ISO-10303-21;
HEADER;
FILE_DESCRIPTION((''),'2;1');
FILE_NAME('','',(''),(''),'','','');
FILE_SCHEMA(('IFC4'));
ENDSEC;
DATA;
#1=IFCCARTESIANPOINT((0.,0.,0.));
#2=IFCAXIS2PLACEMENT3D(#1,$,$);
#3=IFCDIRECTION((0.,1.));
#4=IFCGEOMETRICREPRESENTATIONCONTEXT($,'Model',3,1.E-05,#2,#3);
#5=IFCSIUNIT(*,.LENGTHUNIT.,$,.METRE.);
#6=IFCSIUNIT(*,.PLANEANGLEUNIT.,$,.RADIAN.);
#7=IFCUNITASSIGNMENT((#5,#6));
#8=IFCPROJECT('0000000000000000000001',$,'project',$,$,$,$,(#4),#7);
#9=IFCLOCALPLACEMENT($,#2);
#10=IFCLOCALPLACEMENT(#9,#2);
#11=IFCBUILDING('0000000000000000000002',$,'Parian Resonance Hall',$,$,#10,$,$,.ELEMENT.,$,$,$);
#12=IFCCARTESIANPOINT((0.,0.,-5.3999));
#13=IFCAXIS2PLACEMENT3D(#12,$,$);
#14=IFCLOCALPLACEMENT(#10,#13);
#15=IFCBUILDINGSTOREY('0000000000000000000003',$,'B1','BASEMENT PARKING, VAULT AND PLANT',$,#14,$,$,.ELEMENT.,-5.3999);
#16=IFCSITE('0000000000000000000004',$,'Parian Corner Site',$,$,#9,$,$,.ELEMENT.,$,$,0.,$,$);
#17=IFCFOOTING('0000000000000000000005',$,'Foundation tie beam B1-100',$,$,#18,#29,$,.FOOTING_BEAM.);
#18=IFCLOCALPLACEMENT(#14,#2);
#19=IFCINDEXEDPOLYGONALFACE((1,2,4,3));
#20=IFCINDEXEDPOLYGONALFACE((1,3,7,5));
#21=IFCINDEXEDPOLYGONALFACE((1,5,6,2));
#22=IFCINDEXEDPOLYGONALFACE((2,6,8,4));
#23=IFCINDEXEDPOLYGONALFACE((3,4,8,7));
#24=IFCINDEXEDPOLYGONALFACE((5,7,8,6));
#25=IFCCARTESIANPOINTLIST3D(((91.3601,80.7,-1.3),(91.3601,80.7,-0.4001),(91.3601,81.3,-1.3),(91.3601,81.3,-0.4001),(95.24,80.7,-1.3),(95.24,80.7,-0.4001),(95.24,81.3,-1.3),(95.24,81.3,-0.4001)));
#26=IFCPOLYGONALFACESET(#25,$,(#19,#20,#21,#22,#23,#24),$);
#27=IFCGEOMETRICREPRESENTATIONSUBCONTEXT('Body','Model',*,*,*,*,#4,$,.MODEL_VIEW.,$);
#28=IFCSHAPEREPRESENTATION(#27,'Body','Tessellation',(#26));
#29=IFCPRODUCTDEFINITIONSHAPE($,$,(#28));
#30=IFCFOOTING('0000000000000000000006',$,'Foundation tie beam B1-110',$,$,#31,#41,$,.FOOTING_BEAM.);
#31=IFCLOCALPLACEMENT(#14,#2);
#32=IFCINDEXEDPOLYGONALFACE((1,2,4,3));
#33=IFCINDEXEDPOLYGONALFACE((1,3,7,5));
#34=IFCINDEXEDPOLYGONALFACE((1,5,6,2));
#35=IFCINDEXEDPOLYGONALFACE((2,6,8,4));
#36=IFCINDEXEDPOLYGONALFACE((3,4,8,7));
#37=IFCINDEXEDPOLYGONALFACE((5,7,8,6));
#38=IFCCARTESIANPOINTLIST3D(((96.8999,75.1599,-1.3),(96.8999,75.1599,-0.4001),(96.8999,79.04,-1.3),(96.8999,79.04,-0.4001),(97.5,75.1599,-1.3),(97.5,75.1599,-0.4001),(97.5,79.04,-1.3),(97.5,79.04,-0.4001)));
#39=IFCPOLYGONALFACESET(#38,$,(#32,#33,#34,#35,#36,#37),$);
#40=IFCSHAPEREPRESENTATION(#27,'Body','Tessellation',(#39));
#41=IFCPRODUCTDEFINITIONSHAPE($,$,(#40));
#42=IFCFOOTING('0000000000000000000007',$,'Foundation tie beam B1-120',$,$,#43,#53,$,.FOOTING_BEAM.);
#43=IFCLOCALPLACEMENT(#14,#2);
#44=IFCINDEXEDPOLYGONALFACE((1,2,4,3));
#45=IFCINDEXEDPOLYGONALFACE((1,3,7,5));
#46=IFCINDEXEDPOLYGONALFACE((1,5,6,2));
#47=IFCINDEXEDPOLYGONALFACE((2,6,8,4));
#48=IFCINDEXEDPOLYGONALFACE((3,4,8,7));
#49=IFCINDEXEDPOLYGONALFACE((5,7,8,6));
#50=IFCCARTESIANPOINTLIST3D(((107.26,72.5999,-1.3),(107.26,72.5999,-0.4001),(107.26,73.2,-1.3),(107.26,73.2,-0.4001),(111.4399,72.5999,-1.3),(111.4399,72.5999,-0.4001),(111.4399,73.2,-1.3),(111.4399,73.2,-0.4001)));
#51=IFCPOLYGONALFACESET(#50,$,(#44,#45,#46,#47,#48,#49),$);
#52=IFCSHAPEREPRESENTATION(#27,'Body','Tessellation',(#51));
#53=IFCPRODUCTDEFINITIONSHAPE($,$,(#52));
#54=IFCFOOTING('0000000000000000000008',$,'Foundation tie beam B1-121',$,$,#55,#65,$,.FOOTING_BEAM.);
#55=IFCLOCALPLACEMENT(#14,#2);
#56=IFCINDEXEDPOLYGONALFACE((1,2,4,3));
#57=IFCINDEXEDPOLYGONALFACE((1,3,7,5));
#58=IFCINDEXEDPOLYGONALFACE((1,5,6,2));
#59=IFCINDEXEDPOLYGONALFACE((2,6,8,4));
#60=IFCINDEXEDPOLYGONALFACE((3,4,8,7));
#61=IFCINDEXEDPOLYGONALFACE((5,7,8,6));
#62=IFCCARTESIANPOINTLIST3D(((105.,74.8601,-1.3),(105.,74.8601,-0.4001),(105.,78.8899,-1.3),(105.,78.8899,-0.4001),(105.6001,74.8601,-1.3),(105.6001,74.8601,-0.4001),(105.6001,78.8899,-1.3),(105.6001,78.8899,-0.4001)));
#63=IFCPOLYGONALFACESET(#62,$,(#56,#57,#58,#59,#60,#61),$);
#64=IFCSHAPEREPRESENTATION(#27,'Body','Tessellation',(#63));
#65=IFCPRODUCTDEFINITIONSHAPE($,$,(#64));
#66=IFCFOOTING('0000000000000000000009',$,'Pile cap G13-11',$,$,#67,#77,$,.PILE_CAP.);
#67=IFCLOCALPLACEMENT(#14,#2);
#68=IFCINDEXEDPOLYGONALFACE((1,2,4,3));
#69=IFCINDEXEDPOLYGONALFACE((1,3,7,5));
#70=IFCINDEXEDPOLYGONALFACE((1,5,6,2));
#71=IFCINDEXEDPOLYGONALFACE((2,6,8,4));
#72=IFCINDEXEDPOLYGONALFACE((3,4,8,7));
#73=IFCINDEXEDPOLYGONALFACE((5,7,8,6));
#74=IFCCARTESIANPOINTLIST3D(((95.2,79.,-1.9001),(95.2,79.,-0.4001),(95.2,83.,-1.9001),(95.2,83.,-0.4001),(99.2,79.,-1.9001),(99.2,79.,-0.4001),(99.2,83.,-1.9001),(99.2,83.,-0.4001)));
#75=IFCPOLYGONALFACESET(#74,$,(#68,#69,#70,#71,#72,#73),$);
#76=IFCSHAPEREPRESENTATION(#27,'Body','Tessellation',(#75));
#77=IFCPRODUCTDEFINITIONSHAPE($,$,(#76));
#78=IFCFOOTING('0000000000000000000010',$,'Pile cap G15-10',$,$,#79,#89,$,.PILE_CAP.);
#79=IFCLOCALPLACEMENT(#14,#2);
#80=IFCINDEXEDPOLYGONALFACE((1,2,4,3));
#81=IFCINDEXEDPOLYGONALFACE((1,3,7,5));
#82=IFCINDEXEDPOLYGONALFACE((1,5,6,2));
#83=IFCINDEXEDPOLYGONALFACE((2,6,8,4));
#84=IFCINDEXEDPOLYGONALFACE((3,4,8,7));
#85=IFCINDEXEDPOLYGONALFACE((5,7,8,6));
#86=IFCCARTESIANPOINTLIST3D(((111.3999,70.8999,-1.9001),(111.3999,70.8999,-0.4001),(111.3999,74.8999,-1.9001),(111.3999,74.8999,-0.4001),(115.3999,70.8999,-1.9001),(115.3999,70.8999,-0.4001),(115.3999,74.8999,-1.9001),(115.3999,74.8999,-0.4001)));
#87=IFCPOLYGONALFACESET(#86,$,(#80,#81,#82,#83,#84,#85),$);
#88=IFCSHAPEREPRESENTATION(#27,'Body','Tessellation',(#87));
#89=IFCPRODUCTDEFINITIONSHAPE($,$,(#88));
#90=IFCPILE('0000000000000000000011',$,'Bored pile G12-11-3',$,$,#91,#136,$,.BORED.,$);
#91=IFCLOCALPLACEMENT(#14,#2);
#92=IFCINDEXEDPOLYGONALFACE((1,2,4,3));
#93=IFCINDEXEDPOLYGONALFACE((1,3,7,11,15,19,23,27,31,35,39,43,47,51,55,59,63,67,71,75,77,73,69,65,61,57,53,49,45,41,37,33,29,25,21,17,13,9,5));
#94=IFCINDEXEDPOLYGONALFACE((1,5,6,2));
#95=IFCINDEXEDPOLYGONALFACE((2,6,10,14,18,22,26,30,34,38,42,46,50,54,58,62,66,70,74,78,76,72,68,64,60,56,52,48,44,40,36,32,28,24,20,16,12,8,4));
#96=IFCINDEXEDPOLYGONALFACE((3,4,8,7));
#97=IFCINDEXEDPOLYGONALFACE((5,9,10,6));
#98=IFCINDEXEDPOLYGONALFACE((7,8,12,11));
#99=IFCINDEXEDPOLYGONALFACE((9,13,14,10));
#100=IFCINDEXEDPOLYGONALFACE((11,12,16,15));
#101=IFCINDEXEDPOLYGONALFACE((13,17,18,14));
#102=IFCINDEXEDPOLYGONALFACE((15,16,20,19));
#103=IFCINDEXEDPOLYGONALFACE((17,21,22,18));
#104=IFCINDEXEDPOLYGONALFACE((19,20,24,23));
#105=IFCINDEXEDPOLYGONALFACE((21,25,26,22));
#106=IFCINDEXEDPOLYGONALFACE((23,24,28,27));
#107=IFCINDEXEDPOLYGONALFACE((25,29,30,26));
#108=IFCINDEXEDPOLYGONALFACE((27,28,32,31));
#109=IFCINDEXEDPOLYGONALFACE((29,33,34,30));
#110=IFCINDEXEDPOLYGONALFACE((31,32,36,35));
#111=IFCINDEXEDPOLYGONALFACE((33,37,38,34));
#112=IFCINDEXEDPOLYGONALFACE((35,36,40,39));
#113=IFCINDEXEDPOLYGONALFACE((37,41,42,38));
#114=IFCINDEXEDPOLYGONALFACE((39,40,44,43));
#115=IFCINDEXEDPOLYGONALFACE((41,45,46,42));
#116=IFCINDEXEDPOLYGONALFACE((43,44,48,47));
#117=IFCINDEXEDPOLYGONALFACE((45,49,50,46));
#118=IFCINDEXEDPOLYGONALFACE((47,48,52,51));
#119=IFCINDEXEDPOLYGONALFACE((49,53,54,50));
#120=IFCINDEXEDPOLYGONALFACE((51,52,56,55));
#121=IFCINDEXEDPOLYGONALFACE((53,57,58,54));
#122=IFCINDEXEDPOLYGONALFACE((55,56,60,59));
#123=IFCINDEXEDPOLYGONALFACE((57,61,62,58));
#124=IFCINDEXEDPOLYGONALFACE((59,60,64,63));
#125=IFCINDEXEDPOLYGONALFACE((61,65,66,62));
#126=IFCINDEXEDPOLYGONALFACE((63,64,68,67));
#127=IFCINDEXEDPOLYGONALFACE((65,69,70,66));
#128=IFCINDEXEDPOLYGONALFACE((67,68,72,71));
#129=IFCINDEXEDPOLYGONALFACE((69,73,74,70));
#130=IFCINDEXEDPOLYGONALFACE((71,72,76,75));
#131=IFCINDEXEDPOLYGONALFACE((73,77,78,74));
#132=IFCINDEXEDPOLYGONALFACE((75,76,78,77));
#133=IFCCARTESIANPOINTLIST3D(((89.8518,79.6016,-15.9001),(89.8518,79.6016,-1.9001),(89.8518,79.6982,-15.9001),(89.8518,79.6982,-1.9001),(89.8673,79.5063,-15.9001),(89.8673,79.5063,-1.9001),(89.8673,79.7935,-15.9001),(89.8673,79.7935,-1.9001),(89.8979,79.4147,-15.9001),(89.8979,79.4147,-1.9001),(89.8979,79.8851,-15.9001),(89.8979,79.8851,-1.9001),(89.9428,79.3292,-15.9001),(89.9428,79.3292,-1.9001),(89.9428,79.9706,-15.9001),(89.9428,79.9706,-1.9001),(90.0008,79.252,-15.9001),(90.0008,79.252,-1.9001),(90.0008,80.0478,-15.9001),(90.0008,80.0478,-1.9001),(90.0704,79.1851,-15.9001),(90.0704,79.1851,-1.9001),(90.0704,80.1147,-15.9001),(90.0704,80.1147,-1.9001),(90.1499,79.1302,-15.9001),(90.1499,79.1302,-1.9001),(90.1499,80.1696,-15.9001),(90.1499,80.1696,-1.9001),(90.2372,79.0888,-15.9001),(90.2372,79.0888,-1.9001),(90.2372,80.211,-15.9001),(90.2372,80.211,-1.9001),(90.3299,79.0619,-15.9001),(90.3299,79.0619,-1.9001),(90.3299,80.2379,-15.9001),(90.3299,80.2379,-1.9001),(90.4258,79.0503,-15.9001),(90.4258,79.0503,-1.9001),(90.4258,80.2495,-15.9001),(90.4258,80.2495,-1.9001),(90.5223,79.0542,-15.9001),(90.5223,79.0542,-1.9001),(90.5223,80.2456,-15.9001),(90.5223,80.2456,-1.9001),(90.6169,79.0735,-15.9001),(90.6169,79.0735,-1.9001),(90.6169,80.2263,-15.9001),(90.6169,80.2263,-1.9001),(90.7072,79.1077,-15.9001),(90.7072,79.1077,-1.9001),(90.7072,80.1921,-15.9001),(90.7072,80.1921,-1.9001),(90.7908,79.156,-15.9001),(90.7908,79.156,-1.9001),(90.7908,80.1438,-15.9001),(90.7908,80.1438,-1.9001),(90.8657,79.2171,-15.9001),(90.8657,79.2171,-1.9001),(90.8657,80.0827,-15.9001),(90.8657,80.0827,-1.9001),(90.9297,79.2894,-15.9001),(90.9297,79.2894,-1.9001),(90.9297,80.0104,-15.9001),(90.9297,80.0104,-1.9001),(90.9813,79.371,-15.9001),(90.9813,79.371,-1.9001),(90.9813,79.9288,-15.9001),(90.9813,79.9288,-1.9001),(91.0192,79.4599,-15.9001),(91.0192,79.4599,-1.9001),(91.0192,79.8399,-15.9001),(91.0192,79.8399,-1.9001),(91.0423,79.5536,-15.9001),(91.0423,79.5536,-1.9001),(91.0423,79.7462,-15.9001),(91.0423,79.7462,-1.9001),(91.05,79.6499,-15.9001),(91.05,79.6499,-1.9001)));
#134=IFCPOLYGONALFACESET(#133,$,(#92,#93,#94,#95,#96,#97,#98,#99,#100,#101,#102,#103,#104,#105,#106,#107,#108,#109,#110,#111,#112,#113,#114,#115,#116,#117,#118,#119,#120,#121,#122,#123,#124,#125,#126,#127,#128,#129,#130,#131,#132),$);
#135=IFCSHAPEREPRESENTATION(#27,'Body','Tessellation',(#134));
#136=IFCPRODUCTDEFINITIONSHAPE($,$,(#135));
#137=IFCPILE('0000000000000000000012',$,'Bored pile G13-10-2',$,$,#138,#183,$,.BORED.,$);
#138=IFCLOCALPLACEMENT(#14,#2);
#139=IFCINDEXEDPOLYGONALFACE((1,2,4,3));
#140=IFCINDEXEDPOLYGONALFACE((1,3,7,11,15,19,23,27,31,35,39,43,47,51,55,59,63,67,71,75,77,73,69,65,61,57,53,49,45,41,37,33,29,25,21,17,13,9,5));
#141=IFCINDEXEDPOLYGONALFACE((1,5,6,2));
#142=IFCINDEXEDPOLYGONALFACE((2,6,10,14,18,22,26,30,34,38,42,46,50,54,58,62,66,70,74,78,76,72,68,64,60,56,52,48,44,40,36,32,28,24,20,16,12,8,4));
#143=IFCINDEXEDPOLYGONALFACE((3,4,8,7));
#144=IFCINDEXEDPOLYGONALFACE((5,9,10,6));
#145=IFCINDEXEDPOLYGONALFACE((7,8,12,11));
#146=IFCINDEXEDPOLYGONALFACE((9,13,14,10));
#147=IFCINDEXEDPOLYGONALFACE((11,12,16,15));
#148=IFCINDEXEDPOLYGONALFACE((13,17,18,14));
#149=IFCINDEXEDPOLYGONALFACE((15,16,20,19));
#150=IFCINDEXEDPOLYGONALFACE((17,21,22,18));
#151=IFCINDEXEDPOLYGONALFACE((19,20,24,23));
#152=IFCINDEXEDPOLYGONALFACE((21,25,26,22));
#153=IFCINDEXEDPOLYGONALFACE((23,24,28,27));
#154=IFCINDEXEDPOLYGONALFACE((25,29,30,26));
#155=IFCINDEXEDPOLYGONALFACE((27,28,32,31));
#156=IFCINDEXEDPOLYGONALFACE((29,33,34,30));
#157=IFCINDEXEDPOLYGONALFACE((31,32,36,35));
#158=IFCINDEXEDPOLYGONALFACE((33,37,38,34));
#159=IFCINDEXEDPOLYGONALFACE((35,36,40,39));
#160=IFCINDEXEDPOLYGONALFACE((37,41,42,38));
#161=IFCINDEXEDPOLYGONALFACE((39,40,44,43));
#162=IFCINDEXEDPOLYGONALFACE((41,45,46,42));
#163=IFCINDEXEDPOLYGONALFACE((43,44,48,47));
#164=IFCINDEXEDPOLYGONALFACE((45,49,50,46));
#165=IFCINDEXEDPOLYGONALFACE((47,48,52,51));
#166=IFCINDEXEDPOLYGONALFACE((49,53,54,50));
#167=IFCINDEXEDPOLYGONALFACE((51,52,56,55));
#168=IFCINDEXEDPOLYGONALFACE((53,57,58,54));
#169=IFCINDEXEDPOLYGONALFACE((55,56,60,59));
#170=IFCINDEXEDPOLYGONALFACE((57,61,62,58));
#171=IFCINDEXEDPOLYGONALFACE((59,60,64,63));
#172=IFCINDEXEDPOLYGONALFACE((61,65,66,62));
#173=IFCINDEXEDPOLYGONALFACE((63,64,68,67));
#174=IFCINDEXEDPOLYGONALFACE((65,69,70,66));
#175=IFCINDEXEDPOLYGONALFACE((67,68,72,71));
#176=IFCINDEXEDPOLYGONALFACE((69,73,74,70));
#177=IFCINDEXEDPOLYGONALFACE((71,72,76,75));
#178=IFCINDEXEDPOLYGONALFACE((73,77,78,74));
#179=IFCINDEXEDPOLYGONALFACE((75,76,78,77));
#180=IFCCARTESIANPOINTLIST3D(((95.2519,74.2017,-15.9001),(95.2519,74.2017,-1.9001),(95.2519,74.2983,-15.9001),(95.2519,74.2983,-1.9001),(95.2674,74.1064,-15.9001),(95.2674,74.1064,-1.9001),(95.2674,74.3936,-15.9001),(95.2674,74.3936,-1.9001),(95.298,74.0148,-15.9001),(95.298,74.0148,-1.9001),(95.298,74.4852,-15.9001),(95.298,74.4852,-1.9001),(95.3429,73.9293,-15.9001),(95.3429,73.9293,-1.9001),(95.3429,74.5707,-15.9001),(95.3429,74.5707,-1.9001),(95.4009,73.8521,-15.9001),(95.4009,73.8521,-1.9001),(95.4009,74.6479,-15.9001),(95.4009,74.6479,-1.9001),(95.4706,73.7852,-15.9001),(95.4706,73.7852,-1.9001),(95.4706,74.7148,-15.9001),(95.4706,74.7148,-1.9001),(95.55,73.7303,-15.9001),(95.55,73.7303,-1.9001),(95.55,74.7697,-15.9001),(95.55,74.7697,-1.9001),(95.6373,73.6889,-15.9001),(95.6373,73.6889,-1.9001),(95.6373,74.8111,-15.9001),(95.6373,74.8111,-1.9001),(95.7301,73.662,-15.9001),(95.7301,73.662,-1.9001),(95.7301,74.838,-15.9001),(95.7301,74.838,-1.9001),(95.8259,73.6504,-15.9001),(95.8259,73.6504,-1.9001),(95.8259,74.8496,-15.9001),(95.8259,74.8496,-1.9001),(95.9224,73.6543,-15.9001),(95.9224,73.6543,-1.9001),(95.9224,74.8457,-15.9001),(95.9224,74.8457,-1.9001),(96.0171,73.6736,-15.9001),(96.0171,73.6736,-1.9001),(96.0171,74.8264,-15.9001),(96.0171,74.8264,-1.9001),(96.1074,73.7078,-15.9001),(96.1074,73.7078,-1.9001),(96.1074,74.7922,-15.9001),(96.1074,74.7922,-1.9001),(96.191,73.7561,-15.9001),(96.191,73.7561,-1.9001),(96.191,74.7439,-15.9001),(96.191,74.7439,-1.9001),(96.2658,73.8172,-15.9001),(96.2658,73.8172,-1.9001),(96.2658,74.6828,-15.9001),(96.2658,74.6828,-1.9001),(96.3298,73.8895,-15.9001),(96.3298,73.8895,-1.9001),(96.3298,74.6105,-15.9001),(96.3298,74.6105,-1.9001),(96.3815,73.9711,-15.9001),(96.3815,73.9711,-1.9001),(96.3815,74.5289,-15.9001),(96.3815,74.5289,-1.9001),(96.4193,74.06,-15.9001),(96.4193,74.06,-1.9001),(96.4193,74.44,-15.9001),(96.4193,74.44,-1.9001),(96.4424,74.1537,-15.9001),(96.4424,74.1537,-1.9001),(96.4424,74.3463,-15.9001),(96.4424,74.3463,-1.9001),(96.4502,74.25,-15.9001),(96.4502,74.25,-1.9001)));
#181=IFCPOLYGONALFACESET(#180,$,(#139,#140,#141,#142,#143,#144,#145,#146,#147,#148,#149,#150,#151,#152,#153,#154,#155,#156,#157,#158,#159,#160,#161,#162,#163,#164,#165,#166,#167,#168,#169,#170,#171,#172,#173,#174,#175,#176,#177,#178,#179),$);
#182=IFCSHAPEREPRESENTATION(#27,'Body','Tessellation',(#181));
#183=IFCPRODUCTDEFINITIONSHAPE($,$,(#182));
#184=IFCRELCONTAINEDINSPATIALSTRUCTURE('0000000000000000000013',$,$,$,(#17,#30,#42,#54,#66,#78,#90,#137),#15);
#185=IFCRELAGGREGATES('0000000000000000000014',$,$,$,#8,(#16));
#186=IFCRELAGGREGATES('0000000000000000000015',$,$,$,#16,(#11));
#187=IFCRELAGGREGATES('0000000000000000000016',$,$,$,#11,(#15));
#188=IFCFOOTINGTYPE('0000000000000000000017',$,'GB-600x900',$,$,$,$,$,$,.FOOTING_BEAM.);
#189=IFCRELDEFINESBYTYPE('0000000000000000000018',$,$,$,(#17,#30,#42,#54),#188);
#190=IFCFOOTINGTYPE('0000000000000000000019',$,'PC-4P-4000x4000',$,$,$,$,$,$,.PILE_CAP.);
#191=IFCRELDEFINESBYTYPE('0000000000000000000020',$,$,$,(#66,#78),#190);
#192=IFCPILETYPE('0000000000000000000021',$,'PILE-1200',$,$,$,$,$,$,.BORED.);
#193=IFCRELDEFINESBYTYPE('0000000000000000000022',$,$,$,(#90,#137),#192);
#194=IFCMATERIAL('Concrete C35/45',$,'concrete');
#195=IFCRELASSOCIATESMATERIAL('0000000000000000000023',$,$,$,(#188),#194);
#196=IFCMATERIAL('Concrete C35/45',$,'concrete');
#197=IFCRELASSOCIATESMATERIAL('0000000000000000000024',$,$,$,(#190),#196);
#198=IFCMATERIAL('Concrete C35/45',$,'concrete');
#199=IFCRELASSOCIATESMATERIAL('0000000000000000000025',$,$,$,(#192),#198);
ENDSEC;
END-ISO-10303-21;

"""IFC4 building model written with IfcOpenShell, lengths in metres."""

from ifc_helpers import new_model, si_unit, direction, frame, origin, origin_2d, place, context, subcontext, project, spatial, rectangle, circle, extrude, material, material_profile, profile_set, type_object, element, save


model = new_model("IFC4")

# Units and contexts
model_context = context("Model", 3, precision=1e-05, world=origin(), true_north=direction((0.0, 1.0)))
body_context = subcontext(model_context, "Body", "Model", "MODEL_VIEW")
ifc_project = project(units=[si_unit("LENGTHUNIT", "METRE"), si_unit("PLANEANGLEUNIT", "RADIAN")], contexts=[model_context])

# Site, building, storey
site_placement = place(None, origin())
site = spatial("IfcSite", under=ifc_project, at=site_placement, Name="Parian Corner Site", CompositionType="ELEMENT", RefElevation=0.0)
building_placement = place(site_placement, origin())
building = spatial("IfcBuilding", under=site, at=building_placement, Name="Parian Resonance Hall", CompositionType="ELEMENT")
storey_placement = place(building_placement, frame((0.0, 0.0, -5.3999)))
storey = spatial("IfcBuildingStorey", under=building, at=storey_placement, Name="B1", Description="BASEMENT PARKING, VAULT AND PLANT", CompositionType="ELEMENT", Elevation=-5.3999)

# Footings
ifc_material_1 = material(Name="Concrete C35/45", Category="concrete")
ifc_material_profile_1 = material_profile(ifc_material_1, rectangle(XDim=0.6001, YDim=0.8999, at=origin_2d()), Name="RC-GB-600x900")
ifc_profile_set_1 = profile_set([ifc_material_profile_1], Name="Concrete C35/45")
footing_type_1 = type_object("IfcFootingType", Name="GB-600x900", PredefinedType="FOOTING_BEAM", material=ifc_profile_set_1)
footing_1_placement = place(storey_placement, frame((91.3601, 81.0, -0.8501), z_axis=(1.0, 0.0, 0.0), x_axis=(0.0, 1.0, 0.0)))
element("IfcFooting", 1, at=footing_1_placement, inside=storey, type_object=footing_type_1, Name="Foundation tie beam B1-100", PredefinedType="FOOTING_BEAM", context=body_context, shape_type="SweptSolid", body=[
    extrude(rectangle(XDim=0.6001, YDim=0.8999, at=origin_2d()), origin(), (0.0, 0.0, 1.0), 3.8799),
])
footing_2_placement = place(storey_placement, frame((97.2, 75.1599, -0.8501), z_axis=(0.0, 1.0, 0.0), x_axis=(-1.0, 0.0, 0.0)))
element("IfcFooting", 2, at=footing_2_placement, inside=storey, type_object=footing_type_1, Name="Foundation tie beam B1-110", PredefinedType="FOOTING_BEAM", context=body_context, shape_type="SweptSolid", body=[
    extrude(rectangle(XDim=0.6001, YDim=0.8999, at=origin_2d()), origin(), (0.0, 0.0, 1.0), 3.8801),
])
footing_3_placement = place(storey_placement, frame((107.26, 72.8999, -0.8501), z_axis=(1.0, 0.0, 0.0), x_axis=(0.0, 1.0, 0.0)))
element("IfcFooting", 3, at=footing_3_placement, inside=storey, type_object=footing_type_1, Name="Foundation tie beam B1-120", PredefinedType="FOOTING_BEAM", context=body_context, shape_type="SweptSolid", body=[
    extrude(rectangle(XDim=0.6001, YDim=0.8999, at=origin_2d()), origin(), (0.0, 0.0, 1.0), 4.1799),
])
footing_4_placement = place(storey_placement, frame((105.3, 74.8601, -0.8501), z_axis=(0.0, 1.0, 0.0), x_axis=(-1.0, 0.0, 0.0)))
element("IfcFooting", 4, at=footing_4_placement, inside=storey, type_object=footing_type_1, Name="Foundation tie beam B1-121", PredefinedType="FOOTING_BEAM", context=body_context, shape_type="SweptSolid", body=[
    extrude(rectangle(XDim=0.6001, YDim=0.8999, at=origin_2d()), origin(), (0.0, 0.0, 1.0), 4.0298),
])
ifc_material_2 = material(Name="Concrete C35/45", Category="concrete")
footing_type_2 = type_object("IfcFootingType", Name="PC-4P-4000x4000", PredefinedType="PILE_CAP", material=ifc_material_2)
for number, where, z_axis, x_axis, name in (
    (5, (97.2, 81.0, -1.9001), (0.0, 0.0, 1.0), (1.0, 0.0, 0.0), "Pile cap G13-11"),
    (6, (113.3999, 72.8999, -1.9001), (0.0, 0.0, 1.0), (1.0, 0.0, 0.0), "Pile cap G15-10"),
):
    element("IfcFooting", number, at=place(storey_placement, frame(where, z_axis=z_axis, x_axis=x_axis)), inside=storey, type_object=footing_type_2, Name=name, PredefinedType="PILE_CAP", context=body_context, shape_type="SweptSolid", body=[
        extrude(rectangle(XDim=4.0, YDim=4.0, at=origin_2d()), origin(), (0.0, 0.0, 1.0), 1.5),
    ])

# Piles
ifc_material_3 = material(Name="Concrete C35/45", Category="concrete")
ifc_material_profile_2 = material_profile(ifc_material_3, circle(Radius=0.6001, at=origin_2d()), Name="PILE-D1200")
ifc_profile_set_2 = profile_set([ifc_material_profile_2], Name="Concrete C35/45")
pile_type_1 = type_object("IfcPileType", Name="PILE-1200", PredefinedType="BORED", material=ifc_profile_set_2)
for number, where, z_axis, x_axis, name in (
    (7, (90.45, 79.6499, -1.9001), (0.0, 0.0, -1.0), (1.0, 0.0, 0.0), "Bored pile G12-11-3"),
    (8, (95.8501, 74.25, -1.9001), (0.0, 0.0, -1.0), (1.0, 0.0, 0.0), "Bored pile G13-10-2"),
):
    element("IfcPile", number, at=place(storey_placement, frame(where, z_axis=z_axis, x_axis=x_axis)), inside=storey, type_object=pile_type_1, Name=name, PredefinedType="BORED", context=body_context, shape_type="SweptSolid", body=[
        extrude(circle(Radius=0.6001, at=origin_2d()), origin(), (0.0, 0.0, 1.0), 14.0),
    ])

save(model, "model.ifc")
